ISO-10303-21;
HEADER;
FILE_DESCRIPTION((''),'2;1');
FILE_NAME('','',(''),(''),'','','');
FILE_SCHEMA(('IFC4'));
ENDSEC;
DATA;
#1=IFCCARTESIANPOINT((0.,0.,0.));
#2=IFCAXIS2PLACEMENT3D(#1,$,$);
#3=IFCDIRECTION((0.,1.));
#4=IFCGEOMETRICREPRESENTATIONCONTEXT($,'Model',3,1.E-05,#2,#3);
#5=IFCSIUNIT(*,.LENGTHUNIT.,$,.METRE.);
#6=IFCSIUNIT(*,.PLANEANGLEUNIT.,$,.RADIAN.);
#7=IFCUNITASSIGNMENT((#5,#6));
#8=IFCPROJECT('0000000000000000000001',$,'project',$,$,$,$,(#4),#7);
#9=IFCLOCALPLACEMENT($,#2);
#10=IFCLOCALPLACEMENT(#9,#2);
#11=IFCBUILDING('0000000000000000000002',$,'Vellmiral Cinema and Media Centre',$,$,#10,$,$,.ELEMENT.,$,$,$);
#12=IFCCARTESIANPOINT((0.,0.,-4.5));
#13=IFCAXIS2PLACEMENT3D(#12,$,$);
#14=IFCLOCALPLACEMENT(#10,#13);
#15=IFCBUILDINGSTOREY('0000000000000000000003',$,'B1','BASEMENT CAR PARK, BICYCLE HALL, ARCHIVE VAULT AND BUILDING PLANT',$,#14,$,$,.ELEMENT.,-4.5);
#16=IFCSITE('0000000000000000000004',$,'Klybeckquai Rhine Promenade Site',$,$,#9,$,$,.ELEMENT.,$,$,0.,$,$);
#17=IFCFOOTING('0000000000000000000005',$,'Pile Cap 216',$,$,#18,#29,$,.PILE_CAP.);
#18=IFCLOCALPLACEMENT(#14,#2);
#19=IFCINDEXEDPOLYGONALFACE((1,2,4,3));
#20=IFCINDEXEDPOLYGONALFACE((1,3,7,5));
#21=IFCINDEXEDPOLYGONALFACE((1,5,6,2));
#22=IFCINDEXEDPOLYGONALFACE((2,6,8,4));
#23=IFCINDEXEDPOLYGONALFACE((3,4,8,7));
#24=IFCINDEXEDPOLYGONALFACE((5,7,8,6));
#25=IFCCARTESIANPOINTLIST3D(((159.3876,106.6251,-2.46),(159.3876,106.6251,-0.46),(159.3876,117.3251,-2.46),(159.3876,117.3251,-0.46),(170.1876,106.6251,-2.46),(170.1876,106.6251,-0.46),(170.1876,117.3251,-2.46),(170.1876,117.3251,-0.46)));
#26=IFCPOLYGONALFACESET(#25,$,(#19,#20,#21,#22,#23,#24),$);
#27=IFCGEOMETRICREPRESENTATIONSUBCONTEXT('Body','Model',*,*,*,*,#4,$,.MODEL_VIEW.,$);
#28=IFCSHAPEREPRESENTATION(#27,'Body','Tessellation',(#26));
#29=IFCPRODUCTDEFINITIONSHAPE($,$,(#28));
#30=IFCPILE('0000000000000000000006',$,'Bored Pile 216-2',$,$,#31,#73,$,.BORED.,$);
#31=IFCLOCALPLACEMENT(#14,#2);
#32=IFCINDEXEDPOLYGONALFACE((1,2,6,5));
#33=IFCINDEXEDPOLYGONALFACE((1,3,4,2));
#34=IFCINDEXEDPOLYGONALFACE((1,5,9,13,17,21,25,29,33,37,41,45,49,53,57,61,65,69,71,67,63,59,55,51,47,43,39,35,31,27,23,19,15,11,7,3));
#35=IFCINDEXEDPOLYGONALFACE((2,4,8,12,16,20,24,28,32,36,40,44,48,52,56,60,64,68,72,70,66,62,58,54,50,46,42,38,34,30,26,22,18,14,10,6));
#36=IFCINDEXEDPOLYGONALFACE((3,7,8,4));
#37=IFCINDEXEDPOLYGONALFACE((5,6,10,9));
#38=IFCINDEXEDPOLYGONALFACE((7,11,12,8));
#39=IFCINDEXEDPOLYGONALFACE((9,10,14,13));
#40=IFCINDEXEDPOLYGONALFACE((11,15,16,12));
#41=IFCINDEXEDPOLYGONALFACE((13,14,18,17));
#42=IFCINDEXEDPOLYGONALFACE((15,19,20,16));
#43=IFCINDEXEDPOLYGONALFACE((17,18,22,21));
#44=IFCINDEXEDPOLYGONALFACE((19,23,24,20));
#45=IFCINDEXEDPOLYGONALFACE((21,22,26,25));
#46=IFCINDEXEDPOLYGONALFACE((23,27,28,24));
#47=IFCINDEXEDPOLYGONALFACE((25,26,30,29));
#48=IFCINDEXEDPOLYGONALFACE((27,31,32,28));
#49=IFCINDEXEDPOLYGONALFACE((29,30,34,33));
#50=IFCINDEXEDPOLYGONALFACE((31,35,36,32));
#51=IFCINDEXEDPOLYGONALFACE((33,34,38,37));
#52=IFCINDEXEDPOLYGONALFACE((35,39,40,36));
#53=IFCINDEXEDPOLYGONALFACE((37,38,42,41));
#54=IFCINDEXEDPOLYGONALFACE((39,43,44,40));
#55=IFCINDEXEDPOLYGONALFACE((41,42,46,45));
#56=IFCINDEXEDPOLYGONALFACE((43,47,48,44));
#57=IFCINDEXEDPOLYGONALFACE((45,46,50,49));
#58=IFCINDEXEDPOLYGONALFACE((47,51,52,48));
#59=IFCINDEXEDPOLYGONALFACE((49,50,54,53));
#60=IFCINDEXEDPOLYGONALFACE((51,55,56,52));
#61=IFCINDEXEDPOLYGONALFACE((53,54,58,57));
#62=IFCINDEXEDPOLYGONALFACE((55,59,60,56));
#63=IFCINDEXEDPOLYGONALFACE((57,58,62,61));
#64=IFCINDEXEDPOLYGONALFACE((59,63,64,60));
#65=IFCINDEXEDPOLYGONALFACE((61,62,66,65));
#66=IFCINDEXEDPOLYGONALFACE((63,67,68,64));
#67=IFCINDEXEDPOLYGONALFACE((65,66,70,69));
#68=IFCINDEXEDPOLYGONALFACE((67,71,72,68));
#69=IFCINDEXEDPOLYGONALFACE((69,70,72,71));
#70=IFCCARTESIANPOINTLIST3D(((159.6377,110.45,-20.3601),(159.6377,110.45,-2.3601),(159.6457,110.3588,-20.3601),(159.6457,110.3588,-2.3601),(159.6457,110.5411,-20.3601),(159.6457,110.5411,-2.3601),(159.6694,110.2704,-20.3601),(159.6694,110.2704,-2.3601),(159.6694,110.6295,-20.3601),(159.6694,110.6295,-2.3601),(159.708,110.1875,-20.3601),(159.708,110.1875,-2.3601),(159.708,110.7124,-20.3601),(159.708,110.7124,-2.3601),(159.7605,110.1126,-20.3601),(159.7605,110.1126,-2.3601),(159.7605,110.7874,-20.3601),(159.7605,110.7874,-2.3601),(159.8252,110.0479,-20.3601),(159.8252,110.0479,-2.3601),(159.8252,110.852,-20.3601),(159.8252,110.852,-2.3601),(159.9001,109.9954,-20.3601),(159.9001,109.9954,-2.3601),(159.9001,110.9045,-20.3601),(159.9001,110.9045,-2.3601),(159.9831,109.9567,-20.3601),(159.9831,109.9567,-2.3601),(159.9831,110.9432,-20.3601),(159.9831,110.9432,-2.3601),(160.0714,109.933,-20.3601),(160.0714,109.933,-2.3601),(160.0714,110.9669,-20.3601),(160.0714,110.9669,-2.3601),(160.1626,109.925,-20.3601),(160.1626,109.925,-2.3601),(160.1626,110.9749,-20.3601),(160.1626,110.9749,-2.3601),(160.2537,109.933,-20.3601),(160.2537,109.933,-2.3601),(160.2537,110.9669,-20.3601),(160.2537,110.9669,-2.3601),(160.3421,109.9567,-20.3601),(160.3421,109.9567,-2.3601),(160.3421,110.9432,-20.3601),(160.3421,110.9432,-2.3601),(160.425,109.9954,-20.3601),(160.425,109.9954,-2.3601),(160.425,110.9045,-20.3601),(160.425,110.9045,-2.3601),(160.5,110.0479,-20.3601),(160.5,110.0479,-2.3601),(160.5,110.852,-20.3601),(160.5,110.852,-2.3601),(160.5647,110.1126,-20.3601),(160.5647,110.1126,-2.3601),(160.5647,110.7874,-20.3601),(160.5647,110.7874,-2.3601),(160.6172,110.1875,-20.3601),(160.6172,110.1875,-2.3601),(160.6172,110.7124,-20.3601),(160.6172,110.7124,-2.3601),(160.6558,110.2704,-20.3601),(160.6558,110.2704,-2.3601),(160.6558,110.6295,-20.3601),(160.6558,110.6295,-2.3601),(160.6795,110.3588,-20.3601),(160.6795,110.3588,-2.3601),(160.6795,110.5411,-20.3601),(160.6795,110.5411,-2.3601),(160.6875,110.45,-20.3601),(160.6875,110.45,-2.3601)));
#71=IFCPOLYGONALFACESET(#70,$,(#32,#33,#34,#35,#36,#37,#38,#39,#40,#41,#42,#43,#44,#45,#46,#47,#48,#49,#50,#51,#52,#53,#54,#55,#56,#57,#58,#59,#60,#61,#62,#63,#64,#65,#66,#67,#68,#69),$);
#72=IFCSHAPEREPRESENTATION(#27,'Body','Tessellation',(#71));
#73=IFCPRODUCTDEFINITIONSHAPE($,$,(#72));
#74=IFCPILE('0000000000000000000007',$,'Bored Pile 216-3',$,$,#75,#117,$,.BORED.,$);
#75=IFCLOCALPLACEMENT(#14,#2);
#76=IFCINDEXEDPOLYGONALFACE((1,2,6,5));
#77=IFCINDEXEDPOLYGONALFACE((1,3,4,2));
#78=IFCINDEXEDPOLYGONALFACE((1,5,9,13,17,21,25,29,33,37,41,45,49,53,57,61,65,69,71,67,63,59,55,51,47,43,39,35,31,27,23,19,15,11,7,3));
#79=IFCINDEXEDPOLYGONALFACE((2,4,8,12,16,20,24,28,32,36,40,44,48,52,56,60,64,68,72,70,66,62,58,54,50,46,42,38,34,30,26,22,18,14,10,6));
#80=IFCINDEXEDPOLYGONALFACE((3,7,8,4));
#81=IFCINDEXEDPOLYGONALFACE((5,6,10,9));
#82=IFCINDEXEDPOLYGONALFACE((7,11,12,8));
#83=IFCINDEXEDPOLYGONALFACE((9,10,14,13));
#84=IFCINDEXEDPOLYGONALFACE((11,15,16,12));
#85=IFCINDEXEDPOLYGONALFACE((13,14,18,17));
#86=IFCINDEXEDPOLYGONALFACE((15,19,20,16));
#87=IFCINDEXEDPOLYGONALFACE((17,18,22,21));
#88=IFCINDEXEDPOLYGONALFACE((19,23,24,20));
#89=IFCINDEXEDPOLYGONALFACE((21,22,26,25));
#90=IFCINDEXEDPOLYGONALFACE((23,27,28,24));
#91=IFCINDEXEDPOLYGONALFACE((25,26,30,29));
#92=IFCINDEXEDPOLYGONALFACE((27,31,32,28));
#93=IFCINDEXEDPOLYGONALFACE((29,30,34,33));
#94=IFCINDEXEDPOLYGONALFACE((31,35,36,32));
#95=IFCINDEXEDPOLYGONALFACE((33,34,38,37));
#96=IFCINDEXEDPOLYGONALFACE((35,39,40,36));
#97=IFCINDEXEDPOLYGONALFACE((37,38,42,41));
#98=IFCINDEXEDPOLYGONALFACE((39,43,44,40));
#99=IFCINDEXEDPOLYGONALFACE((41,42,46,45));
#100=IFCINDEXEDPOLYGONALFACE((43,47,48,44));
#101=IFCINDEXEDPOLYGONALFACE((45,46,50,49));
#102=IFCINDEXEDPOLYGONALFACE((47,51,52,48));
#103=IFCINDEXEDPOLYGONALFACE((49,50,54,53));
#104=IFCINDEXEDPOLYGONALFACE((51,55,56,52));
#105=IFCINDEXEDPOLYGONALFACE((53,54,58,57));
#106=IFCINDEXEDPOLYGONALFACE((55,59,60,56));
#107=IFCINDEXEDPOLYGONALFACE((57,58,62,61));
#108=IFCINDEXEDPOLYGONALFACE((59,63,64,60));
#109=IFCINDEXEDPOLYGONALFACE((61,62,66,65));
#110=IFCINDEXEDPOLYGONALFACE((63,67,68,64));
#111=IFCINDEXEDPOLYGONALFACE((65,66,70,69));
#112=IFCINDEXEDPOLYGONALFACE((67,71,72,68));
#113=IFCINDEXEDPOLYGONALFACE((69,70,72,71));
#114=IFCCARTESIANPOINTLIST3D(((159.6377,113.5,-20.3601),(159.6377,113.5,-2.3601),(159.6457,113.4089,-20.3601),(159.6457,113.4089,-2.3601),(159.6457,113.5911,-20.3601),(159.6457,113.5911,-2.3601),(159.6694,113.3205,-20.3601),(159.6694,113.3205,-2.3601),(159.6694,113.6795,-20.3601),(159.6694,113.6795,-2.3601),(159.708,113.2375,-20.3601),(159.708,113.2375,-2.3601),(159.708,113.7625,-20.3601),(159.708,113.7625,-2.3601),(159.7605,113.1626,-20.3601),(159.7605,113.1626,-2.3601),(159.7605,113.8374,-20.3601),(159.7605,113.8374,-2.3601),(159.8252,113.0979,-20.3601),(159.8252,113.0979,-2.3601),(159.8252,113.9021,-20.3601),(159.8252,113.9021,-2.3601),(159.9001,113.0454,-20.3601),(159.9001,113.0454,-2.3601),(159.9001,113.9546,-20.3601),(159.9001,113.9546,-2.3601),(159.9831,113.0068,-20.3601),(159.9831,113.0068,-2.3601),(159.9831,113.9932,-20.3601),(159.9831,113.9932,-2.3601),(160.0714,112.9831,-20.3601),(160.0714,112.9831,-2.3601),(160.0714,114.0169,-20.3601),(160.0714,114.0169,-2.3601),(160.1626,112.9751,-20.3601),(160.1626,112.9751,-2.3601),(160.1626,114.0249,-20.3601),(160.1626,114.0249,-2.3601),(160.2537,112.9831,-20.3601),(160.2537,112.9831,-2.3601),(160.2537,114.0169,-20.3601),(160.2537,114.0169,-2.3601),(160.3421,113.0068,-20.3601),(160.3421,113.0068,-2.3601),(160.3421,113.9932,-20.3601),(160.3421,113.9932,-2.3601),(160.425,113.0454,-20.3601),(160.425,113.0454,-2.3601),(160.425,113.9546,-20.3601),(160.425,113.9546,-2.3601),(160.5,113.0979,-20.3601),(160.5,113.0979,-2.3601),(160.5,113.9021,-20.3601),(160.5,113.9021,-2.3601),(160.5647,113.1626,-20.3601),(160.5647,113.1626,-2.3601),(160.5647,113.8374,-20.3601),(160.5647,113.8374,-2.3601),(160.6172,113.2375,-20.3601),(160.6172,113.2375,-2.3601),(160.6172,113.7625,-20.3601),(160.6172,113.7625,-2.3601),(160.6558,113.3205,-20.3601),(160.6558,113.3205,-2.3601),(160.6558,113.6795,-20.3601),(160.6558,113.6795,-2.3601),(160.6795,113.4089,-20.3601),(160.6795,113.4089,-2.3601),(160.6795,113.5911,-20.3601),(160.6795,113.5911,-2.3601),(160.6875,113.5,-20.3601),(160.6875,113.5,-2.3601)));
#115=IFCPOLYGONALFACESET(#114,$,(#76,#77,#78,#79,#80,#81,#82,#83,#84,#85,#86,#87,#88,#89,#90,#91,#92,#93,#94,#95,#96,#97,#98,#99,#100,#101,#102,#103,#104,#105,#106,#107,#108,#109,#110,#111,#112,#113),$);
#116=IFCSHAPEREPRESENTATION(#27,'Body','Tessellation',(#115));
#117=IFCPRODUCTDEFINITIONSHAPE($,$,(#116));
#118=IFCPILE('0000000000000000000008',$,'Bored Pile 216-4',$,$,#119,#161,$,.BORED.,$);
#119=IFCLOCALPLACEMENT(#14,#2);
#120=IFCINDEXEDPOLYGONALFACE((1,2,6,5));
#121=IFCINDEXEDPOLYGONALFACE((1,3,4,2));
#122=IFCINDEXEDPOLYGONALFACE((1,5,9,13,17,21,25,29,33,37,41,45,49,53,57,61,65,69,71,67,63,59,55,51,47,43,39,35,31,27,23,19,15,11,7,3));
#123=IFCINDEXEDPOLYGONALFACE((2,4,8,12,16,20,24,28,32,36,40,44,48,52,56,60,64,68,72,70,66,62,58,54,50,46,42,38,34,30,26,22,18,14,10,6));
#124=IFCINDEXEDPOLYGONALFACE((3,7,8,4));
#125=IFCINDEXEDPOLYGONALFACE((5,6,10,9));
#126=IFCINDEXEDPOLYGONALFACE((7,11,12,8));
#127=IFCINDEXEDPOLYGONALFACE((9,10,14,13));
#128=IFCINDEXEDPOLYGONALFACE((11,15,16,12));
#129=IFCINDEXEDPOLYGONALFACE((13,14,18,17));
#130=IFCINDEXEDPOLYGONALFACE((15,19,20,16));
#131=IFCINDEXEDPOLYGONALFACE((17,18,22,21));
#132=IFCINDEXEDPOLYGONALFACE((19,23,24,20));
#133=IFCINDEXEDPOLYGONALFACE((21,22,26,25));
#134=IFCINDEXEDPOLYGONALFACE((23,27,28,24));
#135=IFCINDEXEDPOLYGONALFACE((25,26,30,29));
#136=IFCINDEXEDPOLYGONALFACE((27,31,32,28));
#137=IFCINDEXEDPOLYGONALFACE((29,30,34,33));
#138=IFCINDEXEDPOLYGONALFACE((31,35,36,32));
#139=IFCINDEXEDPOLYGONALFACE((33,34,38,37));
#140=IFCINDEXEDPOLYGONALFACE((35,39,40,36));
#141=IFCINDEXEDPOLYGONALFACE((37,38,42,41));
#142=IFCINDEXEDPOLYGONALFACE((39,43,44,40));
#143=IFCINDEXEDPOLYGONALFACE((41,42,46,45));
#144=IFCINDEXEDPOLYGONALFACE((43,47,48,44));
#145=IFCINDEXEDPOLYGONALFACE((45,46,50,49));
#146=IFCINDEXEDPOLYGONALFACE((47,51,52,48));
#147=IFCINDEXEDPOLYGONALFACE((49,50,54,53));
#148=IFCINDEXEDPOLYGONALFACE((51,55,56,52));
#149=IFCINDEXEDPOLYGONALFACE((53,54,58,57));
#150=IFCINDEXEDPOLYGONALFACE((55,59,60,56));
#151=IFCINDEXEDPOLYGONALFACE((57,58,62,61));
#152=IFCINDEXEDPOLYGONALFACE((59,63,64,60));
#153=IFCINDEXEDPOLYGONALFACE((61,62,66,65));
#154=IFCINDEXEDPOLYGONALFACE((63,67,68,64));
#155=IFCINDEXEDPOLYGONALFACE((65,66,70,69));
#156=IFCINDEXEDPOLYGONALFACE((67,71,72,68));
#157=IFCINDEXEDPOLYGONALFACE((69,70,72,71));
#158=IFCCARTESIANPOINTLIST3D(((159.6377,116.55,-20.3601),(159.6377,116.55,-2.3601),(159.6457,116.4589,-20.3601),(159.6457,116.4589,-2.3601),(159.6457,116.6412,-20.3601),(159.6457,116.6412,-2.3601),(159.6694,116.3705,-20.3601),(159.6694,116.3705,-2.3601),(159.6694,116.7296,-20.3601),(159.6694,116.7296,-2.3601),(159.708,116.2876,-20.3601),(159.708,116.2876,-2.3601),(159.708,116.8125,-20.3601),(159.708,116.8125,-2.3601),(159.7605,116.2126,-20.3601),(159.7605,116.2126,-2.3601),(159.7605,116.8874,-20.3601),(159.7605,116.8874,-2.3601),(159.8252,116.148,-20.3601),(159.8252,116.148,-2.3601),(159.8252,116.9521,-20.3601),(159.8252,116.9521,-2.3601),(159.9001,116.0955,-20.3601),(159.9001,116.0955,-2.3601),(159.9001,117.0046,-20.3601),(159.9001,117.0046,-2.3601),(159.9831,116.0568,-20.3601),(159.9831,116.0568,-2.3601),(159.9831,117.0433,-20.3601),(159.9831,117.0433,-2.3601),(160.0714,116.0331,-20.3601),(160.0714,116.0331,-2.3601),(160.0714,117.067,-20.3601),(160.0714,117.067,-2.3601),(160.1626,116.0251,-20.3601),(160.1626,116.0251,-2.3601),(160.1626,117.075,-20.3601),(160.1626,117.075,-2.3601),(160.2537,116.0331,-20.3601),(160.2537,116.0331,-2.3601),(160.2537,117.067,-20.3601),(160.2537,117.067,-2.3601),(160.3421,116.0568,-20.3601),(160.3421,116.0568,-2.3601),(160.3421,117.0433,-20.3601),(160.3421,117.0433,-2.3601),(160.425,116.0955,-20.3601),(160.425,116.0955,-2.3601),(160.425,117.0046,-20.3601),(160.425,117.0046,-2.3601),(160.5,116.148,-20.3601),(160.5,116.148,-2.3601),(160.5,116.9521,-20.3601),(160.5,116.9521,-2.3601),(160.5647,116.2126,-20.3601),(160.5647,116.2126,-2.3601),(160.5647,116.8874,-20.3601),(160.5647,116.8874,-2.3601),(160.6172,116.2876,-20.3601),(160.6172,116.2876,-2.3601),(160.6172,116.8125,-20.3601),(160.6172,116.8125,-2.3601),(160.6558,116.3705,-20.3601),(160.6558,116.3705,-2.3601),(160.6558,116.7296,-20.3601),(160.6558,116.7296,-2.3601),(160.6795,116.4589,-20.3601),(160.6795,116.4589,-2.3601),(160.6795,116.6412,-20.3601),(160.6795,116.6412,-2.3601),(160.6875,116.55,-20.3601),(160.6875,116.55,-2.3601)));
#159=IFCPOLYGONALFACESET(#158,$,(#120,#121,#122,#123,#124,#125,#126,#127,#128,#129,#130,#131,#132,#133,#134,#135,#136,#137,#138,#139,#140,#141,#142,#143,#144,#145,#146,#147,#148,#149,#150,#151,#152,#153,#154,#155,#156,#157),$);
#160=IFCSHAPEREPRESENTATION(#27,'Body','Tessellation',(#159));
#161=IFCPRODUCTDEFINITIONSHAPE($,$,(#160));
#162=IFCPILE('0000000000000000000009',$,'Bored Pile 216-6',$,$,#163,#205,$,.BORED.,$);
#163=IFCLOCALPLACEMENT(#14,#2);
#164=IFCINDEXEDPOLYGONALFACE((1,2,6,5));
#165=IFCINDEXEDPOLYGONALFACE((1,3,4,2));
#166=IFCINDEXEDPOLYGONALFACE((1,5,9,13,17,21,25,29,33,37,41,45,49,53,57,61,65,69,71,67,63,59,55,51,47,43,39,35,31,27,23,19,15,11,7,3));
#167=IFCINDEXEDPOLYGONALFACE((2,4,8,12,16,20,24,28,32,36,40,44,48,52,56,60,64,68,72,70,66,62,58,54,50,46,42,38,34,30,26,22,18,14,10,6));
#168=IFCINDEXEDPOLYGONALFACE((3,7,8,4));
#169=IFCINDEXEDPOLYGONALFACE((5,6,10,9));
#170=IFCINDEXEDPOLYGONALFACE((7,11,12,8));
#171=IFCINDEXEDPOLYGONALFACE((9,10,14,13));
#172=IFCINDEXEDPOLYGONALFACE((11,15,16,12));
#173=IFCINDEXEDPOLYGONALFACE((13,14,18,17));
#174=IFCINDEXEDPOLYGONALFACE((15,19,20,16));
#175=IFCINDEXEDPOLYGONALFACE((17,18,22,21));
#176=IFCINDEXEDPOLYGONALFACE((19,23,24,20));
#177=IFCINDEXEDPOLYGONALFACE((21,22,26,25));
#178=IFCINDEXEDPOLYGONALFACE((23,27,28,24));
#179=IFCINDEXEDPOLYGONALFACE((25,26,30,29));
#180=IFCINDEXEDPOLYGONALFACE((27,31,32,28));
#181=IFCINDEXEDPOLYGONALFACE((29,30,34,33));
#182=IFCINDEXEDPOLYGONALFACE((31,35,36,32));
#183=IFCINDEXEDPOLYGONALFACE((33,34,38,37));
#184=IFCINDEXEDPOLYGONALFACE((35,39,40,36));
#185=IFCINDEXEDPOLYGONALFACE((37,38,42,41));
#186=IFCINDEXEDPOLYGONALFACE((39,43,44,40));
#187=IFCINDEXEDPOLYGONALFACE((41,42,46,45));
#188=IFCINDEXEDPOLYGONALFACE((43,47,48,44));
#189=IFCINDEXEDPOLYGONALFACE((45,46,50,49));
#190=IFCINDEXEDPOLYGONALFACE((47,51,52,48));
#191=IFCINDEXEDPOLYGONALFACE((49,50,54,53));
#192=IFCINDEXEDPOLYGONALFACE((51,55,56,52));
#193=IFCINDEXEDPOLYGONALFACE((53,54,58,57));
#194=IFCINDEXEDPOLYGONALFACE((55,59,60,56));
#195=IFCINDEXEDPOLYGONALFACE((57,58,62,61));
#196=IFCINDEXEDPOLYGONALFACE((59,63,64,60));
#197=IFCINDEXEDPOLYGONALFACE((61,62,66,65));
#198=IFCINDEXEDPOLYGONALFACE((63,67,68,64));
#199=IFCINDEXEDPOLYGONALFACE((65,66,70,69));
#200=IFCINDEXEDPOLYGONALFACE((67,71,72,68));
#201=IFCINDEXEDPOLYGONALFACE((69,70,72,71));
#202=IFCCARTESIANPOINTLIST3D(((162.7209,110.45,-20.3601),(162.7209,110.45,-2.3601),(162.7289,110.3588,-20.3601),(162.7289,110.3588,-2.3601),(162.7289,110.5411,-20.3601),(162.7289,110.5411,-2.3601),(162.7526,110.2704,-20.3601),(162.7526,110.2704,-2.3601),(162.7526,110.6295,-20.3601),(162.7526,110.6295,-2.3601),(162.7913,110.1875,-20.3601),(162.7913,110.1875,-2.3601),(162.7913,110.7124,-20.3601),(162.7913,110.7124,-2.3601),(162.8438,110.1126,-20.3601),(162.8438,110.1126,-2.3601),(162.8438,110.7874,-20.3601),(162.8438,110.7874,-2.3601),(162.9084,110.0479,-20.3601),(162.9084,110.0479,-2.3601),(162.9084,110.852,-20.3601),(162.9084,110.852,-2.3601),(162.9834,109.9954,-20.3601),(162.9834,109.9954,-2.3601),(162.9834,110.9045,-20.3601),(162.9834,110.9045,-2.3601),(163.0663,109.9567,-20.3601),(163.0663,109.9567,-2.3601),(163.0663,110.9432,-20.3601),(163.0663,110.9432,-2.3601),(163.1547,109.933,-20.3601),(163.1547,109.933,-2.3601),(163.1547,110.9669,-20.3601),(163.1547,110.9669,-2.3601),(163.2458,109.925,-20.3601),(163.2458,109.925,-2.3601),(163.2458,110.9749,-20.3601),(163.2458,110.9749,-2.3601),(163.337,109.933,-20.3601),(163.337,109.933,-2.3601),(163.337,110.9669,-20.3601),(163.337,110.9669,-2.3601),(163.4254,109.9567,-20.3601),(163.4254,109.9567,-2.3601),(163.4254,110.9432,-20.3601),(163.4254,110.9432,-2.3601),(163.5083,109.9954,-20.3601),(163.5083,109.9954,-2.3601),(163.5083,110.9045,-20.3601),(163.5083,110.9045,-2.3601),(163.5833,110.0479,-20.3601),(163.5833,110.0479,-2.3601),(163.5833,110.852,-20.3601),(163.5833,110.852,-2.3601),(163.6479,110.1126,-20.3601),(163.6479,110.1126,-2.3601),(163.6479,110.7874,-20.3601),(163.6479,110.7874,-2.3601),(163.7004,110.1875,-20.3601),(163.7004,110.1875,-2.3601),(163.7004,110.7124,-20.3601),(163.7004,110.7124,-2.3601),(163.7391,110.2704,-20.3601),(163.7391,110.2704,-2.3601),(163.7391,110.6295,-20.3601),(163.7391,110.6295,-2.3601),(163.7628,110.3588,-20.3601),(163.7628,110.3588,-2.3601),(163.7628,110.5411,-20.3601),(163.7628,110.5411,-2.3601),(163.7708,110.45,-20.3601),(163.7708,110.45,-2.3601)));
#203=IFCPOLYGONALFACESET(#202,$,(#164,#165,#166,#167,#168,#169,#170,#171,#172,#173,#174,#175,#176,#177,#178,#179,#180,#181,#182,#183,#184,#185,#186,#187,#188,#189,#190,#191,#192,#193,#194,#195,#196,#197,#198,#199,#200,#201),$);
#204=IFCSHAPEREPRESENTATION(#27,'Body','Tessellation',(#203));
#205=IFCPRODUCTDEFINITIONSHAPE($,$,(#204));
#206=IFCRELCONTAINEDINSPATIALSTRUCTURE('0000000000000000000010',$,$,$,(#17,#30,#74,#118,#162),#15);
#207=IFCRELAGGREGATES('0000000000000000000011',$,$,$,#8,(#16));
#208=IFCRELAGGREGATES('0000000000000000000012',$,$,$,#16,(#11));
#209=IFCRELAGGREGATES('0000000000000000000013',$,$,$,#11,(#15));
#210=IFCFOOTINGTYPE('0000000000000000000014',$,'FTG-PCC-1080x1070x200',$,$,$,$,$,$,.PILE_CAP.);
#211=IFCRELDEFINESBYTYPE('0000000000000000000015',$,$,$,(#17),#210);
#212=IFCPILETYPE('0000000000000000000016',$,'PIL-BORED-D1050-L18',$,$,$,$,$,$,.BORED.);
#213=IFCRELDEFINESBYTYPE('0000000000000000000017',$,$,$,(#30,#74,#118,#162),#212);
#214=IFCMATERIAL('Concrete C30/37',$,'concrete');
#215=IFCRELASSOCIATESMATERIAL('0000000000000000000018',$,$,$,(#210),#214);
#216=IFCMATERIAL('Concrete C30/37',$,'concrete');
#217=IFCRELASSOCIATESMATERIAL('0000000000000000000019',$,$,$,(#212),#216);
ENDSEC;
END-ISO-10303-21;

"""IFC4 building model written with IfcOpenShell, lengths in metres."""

from ifc_helpers import new_model, si_unit, direction, frame, origin, origin_2d, place, context, subcontext, project, spatial, rectangle, circle, extrude, material, material_profile, profile_set, type_object, element, save


model = new_model("IFC4")

# Units and contexts
model_context = context("Model", 3, precision=1e-05, world=origin(), true_north=direction((0.0, 1.0)))
body_context = subcontext(model_context, "Body", "Model", "MODEL_VIEW")
ifc_project = project(units=[si_unit("LENGTHUNIT", "METRE"), si_unit("PLANEANGLEUNIT", "RADIAN")], contexts=[model_context])

# Site, building, storey
site_placement = place(None, origin())
site = spatial("IfcSite", under=ifc_project, at=site_placement, Name="Klybeckquai Rhine Promenade Site", CompositionType="ELEMENT", RefElevation=0.0)
building_placement = place(site_placement, origin())
building = spatial("IfcBuilding", under=site, at=building_placement, Name="Vellmiral Cinema and Media Centre", CompositionType="ELEMENT")
storey_placement = place(building_placement, frame((0.0, 0.0, -4.5)))
storey = spatial("IfcBuildingStorey", under=building, at=storey_placement, Name="B1", Description="BASEMENT CAR PARK, BICYCLE HALL, ARCHIVE VAULT AND BUILDING PLANT", CompositionType="ELEMENT", Elevation=-4.5)

# Footing
ifc_material_1 = material(Name="Concrete C30/37", Category="concrete")
footing_type = type_object("IfcFootingType", Name="FTG-PCC-1080x1070x200", PredefinedType="PILE_CAP", material=ifc_material_1)
footing_placement = place(storey_placement, frame((164.7876, 111.9751, -2.46), z_axis=(0.0, 0.0, 1.0), x_axis=(1.0, 0.0, 0.0)))
element("IfcFooting", 1, at=footing_placement, inside=storey, type_object=footing_type, Name="Pile Cap 216", PredefinedType="PILE_CAP", context=body_context, shape_type="SweptSolid", body=[
    extrude(rectangle(XDim=10.8, YDim=10.7, at=origin_2d()), origin(), (0.0, 0.0, 1.0), 2.0),
])

# Piles
ifc_material_2 = material(Name="Concrete C30/37", Category="concrete")
ifc_material_profile_1 = material_profile(ifc_material_2, circle(Radius=0.5249, at=origin_2d()), Name="PILE D1050")
ifc_profile_set_1 = profile_set([ifc_material_profile_1], Name="Concrete C30/37")
pile_type = type_object("IfcPileType", Name="PIL-BORED-D1050-L18", PredefinedType="BORED", material=ifc_profile_set_1)
for number, where, z_axis, x_axis, name in (
    (2, (160.1626, 110.45, -2.3601), (0.0, 0.0, -1.0), (1.0, 0.0, 0.0), "Bored Pile 216-2"),
    (3, (160.1626, 113.5, -2.3601), (0.0, 0.0, -1.0), (1.0, 0.0, 0.0), "Bored Pile 216-3"),
    (4, (160.1626, 116.55, -2.3601), (0.0, 0.0, -1.0), (1.0, 0.0, 0.0), "Bored Pile 216-4"),
    (5, (163.2458, 110.45, -2.3601), (0.0, 0.0, -1.0), (1.0, 0.0, 0.0), "Bored Pile 216-6"),
):
    element("IfcPile", number, at=place(storey_placement, frame(where, z_axis=z_axis, x_axis=x_axis)), inside=storey, type_object=pile_type, Name=name, PredefinedType="BORED", context=body_context, shape_type="SweptSolid", body=[
        extrude(circle(Radius=0.5249, at=origin_2d()), origin(), (0.0, 0.0, 1.0), 18.0),
    ])

save(model, "model.ifc")
